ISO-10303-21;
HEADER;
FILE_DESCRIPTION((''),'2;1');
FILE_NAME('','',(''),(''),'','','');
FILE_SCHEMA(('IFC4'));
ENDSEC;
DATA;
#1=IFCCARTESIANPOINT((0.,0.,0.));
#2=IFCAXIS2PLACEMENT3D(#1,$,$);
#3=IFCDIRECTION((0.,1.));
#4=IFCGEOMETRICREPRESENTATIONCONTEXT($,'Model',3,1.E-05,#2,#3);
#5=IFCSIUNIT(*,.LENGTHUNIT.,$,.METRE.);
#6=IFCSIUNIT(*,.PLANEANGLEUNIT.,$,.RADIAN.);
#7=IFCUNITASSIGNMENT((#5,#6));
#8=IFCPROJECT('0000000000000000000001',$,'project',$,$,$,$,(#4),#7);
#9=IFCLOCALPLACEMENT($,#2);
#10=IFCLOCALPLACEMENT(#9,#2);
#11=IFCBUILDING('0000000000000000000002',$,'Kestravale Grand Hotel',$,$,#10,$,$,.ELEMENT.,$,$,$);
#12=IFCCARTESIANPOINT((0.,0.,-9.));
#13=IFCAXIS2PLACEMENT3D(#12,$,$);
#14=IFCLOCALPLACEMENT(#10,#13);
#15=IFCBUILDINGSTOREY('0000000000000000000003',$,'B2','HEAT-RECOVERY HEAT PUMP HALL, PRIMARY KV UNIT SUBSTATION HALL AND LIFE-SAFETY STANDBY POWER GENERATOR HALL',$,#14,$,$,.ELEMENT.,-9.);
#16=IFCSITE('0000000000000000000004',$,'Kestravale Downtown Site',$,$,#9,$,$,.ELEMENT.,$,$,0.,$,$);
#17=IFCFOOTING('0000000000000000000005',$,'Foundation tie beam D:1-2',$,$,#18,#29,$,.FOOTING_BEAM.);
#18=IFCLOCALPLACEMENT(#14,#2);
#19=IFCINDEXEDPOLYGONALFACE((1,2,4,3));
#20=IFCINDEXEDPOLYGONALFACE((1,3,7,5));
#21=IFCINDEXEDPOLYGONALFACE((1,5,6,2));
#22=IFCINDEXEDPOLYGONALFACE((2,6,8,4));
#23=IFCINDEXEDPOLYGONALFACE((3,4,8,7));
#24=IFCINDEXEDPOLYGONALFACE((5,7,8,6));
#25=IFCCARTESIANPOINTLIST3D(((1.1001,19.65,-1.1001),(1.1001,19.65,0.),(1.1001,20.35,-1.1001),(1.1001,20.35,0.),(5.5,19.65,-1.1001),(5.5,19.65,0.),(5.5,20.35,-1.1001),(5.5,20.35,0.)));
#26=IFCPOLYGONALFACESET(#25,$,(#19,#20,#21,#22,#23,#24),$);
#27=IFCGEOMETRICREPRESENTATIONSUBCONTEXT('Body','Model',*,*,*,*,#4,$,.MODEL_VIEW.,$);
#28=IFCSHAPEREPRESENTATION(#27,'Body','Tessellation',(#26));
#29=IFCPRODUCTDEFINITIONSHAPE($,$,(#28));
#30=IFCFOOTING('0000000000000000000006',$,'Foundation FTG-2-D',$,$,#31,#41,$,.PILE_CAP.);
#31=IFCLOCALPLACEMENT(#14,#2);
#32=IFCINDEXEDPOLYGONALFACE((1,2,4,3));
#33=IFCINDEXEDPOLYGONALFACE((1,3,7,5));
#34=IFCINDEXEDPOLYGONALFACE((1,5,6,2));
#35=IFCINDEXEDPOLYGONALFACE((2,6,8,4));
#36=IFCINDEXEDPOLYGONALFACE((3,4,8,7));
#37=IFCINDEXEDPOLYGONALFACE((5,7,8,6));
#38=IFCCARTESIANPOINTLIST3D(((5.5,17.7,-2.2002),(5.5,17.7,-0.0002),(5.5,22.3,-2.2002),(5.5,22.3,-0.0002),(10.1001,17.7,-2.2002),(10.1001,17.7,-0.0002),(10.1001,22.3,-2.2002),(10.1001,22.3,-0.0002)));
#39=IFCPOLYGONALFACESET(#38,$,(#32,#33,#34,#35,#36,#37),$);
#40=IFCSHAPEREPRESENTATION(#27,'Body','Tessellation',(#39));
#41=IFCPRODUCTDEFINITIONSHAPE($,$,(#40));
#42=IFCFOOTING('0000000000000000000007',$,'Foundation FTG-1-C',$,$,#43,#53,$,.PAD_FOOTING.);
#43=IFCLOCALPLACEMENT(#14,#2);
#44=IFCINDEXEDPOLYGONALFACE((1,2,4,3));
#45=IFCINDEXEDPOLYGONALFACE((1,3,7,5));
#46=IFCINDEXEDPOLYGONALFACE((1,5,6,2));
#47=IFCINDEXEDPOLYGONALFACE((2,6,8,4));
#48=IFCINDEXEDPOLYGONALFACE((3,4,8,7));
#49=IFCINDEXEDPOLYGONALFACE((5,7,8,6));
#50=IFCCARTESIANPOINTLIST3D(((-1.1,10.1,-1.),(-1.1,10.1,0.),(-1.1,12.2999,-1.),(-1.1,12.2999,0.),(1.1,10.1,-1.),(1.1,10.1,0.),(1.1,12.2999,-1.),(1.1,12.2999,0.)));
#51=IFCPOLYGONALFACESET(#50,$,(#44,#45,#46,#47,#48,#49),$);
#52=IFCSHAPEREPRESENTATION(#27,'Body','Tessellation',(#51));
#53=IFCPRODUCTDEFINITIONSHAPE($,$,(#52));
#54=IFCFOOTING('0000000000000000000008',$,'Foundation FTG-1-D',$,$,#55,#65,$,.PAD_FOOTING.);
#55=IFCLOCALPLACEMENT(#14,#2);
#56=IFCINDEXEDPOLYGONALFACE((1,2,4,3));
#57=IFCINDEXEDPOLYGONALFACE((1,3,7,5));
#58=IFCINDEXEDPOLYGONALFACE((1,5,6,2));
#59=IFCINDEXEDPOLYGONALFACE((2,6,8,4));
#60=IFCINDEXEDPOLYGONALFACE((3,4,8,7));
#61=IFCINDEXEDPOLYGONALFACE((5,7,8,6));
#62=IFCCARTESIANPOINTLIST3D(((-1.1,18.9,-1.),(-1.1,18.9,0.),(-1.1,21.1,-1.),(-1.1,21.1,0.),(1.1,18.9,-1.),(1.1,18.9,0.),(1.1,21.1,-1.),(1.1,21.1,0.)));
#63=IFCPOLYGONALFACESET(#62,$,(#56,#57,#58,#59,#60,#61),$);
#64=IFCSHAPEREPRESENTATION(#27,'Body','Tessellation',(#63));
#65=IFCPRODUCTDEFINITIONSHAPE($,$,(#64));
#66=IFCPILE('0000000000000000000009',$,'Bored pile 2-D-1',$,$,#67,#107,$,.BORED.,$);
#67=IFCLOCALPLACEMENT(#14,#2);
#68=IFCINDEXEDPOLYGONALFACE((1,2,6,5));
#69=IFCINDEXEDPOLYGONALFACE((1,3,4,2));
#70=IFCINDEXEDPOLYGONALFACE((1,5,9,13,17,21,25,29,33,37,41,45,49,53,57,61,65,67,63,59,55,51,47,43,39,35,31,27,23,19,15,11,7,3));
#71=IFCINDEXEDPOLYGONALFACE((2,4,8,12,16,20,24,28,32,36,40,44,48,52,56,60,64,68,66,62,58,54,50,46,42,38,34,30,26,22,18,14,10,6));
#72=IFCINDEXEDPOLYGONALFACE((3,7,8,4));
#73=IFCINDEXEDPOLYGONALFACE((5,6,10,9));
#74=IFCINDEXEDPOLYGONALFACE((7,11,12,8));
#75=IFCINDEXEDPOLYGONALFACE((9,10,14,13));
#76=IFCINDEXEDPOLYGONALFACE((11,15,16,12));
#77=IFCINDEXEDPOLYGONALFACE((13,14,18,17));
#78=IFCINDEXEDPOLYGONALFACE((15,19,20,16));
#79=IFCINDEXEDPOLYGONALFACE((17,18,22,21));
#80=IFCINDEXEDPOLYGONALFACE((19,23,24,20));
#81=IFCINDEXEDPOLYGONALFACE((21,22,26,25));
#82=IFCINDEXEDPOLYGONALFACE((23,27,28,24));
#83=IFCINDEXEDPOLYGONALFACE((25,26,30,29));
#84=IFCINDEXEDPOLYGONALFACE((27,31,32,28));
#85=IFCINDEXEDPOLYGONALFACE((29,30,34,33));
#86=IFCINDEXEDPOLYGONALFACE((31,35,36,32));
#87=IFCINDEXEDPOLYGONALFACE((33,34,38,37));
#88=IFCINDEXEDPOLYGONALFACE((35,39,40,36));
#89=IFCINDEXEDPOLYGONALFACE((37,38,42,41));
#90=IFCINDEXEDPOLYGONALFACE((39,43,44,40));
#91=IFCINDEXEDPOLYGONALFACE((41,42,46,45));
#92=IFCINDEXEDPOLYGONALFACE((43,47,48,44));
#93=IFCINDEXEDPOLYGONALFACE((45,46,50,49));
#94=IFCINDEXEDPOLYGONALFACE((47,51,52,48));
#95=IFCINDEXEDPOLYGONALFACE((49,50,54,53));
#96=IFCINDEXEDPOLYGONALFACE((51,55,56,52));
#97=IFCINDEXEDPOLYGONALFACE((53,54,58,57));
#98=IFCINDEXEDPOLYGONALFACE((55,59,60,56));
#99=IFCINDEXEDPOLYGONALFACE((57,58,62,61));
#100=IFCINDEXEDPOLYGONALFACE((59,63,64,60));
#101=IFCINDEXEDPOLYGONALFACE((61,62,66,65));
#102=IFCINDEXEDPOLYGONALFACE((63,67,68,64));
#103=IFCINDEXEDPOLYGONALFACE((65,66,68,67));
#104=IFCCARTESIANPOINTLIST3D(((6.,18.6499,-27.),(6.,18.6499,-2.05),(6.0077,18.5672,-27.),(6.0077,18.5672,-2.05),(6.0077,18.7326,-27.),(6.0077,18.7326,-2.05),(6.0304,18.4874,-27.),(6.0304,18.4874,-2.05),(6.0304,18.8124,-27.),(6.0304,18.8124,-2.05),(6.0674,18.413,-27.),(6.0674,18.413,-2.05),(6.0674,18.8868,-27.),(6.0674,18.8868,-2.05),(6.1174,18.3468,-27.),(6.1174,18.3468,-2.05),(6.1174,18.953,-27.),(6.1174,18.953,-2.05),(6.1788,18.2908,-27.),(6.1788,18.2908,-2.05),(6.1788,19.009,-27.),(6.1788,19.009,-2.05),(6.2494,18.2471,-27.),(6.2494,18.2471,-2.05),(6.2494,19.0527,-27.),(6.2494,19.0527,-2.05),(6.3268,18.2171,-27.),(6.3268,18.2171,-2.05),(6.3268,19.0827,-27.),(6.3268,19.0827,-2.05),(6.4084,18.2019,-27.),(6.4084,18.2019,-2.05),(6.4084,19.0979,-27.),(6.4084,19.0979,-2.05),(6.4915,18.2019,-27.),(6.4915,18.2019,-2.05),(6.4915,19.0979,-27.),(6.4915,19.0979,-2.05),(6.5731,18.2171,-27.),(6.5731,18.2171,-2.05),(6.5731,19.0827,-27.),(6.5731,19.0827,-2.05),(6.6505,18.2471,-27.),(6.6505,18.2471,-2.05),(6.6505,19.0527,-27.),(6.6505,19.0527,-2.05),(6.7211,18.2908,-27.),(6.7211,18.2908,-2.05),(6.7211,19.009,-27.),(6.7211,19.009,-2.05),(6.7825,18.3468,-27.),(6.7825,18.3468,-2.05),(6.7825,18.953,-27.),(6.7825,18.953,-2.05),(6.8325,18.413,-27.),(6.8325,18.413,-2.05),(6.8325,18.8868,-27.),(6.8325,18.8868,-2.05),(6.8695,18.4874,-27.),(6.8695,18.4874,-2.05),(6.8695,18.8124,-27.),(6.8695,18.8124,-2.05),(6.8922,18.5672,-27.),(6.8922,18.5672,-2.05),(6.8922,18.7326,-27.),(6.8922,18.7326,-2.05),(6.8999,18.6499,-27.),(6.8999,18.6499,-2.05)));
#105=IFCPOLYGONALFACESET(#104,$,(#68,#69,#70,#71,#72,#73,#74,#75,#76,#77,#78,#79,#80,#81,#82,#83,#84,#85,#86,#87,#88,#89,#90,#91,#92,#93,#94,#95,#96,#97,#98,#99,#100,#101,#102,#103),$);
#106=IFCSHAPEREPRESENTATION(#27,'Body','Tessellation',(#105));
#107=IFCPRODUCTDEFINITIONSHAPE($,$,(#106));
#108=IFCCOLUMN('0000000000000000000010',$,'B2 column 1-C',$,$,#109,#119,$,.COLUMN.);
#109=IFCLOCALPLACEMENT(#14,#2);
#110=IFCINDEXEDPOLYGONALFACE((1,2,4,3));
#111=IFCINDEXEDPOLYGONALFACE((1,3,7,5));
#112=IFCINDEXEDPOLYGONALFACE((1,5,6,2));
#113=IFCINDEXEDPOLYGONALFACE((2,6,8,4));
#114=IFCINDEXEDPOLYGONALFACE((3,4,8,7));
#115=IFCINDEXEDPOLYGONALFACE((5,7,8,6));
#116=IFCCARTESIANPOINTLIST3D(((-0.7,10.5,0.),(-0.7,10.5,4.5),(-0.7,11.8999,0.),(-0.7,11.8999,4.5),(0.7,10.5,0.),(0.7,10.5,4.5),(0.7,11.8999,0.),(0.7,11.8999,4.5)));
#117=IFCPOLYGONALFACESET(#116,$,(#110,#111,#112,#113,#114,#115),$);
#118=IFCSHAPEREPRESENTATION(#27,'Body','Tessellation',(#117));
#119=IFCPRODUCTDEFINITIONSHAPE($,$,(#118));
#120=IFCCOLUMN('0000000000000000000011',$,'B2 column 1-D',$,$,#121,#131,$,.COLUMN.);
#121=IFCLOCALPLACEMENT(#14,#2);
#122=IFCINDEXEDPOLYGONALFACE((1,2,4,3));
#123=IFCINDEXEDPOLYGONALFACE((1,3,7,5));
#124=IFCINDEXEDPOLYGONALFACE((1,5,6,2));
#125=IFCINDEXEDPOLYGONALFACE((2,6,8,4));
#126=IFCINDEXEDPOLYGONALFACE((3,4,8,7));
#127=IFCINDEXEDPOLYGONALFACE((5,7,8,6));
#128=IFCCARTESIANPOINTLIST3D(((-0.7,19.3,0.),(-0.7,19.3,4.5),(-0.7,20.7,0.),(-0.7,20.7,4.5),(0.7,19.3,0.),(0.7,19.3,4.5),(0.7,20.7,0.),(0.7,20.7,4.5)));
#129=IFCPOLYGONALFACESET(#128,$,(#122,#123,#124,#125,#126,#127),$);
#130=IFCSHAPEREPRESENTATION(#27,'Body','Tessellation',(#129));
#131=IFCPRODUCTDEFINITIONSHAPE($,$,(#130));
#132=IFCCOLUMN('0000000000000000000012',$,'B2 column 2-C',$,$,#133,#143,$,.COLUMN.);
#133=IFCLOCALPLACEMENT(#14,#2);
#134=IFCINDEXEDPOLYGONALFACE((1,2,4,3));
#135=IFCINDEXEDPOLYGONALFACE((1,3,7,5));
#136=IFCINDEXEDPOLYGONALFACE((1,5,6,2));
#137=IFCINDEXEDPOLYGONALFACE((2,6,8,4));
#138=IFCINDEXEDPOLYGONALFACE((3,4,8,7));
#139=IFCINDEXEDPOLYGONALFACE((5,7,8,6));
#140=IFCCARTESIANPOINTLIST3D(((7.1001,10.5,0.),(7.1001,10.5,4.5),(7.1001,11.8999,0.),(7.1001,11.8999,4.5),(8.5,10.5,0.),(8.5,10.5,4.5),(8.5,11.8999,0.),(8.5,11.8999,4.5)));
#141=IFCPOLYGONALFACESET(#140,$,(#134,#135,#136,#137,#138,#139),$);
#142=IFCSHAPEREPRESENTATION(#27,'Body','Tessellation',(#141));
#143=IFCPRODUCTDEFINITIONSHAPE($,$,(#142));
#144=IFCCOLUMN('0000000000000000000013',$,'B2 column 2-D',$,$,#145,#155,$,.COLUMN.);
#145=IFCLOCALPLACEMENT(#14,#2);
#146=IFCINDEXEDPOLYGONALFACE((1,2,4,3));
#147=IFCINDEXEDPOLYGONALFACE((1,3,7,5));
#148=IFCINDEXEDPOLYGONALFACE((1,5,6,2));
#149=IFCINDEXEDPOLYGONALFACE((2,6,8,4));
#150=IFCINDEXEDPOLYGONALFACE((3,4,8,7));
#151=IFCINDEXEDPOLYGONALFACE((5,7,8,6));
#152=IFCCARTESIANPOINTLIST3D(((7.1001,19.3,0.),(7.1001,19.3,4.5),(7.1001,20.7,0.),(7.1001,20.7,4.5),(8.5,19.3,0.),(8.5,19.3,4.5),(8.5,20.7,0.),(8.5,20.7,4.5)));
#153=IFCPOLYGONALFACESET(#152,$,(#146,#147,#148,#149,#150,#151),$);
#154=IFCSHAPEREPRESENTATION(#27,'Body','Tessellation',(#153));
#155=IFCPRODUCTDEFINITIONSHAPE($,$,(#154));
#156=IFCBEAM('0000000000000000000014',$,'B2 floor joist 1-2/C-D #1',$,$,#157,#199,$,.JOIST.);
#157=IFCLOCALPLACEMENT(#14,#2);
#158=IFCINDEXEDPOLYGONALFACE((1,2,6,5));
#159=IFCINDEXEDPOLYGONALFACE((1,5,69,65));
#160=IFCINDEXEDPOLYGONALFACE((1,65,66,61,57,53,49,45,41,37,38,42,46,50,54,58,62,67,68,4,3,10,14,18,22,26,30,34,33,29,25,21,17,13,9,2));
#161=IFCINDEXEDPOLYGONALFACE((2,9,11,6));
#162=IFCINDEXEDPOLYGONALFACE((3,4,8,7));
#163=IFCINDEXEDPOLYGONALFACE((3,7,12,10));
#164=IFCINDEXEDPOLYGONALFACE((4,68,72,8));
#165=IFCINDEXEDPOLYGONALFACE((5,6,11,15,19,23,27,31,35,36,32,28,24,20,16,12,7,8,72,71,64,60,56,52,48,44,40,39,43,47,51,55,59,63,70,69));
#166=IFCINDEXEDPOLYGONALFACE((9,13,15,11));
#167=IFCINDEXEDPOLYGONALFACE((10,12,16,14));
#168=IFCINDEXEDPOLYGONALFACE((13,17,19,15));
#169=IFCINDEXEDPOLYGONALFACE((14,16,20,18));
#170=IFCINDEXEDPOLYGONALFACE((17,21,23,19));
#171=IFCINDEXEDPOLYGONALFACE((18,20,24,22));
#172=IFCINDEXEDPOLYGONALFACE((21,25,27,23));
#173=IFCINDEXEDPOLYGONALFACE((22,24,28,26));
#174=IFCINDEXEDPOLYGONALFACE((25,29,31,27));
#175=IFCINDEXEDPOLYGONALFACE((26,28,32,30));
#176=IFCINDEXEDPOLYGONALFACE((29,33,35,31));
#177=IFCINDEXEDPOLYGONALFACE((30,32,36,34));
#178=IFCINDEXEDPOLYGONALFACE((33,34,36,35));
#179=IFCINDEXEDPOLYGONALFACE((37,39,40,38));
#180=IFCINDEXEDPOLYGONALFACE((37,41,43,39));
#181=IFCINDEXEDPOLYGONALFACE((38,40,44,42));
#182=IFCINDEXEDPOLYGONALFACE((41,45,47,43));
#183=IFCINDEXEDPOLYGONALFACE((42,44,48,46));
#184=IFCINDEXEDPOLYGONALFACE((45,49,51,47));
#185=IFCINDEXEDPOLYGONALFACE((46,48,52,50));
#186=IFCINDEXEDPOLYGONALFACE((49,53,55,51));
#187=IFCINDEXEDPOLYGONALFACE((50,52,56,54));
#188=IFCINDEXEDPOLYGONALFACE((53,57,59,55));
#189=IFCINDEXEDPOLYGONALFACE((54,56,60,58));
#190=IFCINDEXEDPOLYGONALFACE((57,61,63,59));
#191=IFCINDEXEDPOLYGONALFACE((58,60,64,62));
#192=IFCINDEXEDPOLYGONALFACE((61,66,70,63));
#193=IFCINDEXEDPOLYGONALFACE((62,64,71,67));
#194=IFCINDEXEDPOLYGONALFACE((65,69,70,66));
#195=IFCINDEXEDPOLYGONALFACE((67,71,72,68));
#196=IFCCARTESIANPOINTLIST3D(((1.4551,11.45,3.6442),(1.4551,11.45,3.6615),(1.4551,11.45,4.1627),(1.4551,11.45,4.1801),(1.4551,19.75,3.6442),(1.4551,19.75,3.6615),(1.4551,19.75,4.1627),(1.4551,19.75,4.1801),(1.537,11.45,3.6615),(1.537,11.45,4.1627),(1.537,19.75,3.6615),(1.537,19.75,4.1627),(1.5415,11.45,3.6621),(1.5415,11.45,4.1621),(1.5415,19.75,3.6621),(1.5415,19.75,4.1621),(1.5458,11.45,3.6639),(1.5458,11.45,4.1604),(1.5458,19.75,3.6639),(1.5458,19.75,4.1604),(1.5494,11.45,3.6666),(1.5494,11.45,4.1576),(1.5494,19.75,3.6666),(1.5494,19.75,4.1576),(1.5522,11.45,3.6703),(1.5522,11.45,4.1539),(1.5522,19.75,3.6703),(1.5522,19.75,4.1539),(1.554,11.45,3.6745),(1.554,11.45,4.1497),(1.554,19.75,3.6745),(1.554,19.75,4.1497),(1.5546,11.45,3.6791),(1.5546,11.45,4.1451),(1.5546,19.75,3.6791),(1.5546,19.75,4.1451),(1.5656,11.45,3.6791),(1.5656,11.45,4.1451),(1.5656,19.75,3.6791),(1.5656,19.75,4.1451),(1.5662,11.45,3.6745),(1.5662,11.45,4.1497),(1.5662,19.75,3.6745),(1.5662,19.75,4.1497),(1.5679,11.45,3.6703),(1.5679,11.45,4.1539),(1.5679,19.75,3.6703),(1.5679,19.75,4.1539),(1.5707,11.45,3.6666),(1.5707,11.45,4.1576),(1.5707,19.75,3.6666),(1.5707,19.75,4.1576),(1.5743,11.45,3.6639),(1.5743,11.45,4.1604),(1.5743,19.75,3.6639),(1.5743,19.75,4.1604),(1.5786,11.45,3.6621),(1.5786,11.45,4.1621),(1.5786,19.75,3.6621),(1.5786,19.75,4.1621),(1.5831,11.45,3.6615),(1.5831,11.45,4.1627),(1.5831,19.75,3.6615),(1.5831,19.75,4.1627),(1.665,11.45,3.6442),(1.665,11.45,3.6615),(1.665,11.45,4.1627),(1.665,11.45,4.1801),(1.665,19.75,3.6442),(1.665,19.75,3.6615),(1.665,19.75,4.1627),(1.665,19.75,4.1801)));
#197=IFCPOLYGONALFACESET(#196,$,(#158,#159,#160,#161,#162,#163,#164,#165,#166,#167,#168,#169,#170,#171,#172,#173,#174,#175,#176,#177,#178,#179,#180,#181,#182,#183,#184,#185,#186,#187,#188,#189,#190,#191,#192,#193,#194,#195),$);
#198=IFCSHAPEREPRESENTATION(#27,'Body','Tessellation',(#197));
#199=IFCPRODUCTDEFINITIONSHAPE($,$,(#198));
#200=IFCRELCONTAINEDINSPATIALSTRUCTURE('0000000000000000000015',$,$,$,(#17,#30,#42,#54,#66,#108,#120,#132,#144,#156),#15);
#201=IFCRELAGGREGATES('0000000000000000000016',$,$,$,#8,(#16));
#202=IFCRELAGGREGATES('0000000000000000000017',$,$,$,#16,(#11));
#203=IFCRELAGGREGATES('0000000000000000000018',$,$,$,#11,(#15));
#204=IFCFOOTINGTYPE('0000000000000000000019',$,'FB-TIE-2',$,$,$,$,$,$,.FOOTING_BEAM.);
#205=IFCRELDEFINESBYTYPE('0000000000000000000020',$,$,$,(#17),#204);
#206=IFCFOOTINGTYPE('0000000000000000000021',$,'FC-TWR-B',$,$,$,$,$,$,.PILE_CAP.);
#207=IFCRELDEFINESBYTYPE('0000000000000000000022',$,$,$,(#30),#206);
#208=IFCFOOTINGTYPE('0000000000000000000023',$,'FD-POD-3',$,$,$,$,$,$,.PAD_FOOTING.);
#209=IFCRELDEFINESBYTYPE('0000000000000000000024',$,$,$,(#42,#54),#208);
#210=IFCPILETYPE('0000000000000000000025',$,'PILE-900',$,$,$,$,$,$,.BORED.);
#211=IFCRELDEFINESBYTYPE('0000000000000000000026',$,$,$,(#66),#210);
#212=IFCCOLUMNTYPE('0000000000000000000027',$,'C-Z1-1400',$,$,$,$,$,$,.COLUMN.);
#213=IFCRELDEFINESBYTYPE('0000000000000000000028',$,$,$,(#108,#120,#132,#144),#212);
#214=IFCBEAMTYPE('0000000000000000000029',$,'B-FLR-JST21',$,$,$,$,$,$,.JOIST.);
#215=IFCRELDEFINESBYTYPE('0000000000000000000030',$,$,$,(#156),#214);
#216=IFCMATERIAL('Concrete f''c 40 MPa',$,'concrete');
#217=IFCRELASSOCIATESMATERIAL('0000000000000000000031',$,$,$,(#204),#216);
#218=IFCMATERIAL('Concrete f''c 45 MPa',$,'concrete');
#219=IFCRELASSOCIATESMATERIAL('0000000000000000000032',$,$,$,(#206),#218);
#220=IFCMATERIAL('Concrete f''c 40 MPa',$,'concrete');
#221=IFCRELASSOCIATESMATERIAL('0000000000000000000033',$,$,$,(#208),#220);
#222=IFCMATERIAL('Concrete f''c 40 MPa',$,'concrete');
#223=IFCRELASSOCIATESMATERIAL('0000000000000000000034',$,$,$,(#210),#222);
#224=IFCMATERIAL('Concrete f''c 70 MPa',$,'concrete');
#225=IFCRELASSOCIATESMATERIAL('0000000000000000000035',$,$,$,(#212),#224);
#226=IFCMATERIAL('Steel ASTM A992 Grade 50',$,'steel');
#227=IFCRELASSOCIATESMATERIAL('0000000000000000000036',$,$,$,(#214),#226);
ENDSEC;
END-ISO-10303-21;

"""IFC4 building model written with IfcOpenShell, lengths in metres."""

from ifc_helpers import new_model, si_unit, direction, frame, origin, origin_2d, place, context, subcontext, project, spatial, rectangle, circle, i_section, extrude, material, material_profile, profile_set, type_object, element, save


model = new_model("IFC4")

# Units and contexts
model_context = context("Model", 3, precision=1e-05, world=origin(), true_north=direction((0.0, 1.0)))
body_context = subcontext(model_context, "Body", "Model", "MODEL_VIEW")
ifc_project = project(units=[si_unit("LENGTHUNIT", "METRE"), si_unit("PLANEANGLEUNIT", "RADIAN")], contexts=[model_context])

# Site, building, storey
site_placement = place(None, origin())
site = spatial("IfcSite", under=ifc_project, at=site_placement, Name="Kestravale Downtown Site", CompositionType="ELEMENT", RefElevation=0.0)
building_placement = place(site_placement, origin())
building = spatial("IfcBuilding", under=site, at=building_placement, Name="Kestravale Grand Hotel", CompositionType="ELEMENT")
storey_placement = place(building_placement, frame((0.0, 0.0, -9.0)))
storey = spatial("IfcBuildingStorey", under=building, at=storey_placement, Name="B2", Description="HEAT-RECOVERY HEAT PUMP HALL, PRIMARY KV UNIT SUBSTATION HALL AND LIFE-SAFETY STANDBY POWER GENERATOR HALL", CompositionType="ELEMENT", Elevation=-9.0)

# Footings
ifc_material_1 = material(Name="Concrete f'c 40 MPa", Category="concrete")
ifc_material_profile_1 = material_profile(ifc_material_1, rectangle(XDim=0.7, YDim=1.1001, at=origin_2d()))
ifc_profile_set_1 = profile_set([ifc_material_profile_1], Name="Concrete f'c 40 MPa")
footing_type_1 = type_object("IfcFootingType", Name="FB-TIE-2", PredefinedType="FOOTING_BEAM", material=ifc_profile_set_1)
footing_1_placement = place(storey_placement, frame((1.1001, 20.0, -0.55), z_axis=(1.0, 0.0, 0.0), x_axis=(0.0, 1.0, 0.0)))
element("IfcFooting", 1, at=footing_1_placement, inside=storey, type_object=footing_type_1, Name="Foundation tie beam D:1-2", PredefinedType="FOOTING_BEAM", context=body_context, shape_type="SweptSolid", body=[
    extrude(rectangle(XDim=0.7, YDim=1.1001, at=origin_2d()), origin(), (0.0, 0.0, 1.0), 4.3999),
])
ifc_material_2 = material(Name="Concrete f'c 45 MPa", Category="concrete")
footing_type_2 = type_object("IfcFootingType", Name="FC-TWR-B", PredefinedType="PILE_CAP", material=ifc_material_2)
footing_2_placement = place(storey_placement, frame((7.8, 20.0, -2.2002), z_axis=(0.0, 0.0, 1.0), x_axis=(1.0, 0.0, 0.0)))
element("IfcFooting", 2, at=footing_2_placement, inside=storey, type_object=footing_type_2, Name="Foundation FTG-2-D", PredefinedType="PILE_CAP", context=body_context, shape_type="SweptSolid", body=[
    extrude(rectangle(XDim=4.6001, YDim=4.6001, at=origin_2d()), origin(), (0.0, 0.0, 1.0), 2.2),
])
ifc_material_3 = material(Name="Concrete f'c 40 MPa", Category="concrete")
footing_type_3 = type_object("IfcFootingType", Name="FD-POD-3", PredefinedType="PAD_FOOTING", material=ifc_material_3)
for number, where, z_axis, x_axis, name in (
    (3, (0.0, 11.2, -1.0), (0.0, 0.0, 1.0), (1.0, 0.0, 0.0), "Foundation FTG-1-C"),
    (4, (0.0, 20.0, -1.0), (0.0, 0.0, 1.0), (1.0, 0.0, 0.0), "Foundation FTG-1-D"),
):
    element("IfcFooting", number, at=place(storey_placement, frame(where, z_axis=z_axis, x_axis=x_axis)), inside=storey, type_object=footing_type_3, Name=name, PredefinedType="PAD_FOOTING", context=body_context, shape_type="SweptSolid", body=[
        extrude(rectangle(XDim=2.2, YDim=2.2, at=origin_2d()), origin(), (0.0, 0.0, 1.0), 1.0),
    ])

# Pile
ifc_material_4 = material(Name="Concrete f'c 40 MPa", Category="concrete")
ifc_material_profile_2 = material_profile(ifc_material_4, circle(Radius=0.45, at=origin_2d()))
ifc_profile_set_2 = profile_set([ifc_material_profile_2], Name="Concrete f'c 40 MPa")
pile_type = type_object("IfcPileType", Name="PILE-900", PredefinedType="BORED", material=ifc_profile_set_2)
pile_placement = place(storey_placement, frame((6.45, 18.6499, -2.05), z_axis=(0.0, 0.0, -1.0), x_axis=(1.0, 0.0, 0.0)))
element("IfcPile", 5, at=pile_placement, inside=storey, type_object=pile_type, Name="Bored pile 2-D-1", PredefinedType="BORED", context=body_context, shape_type="SweptSolid", body=[
    extrude(circle(Radius=0.45, at=origin_2d()), origin(), (0.0, 0.0, 1.0), 24.95),
])

# Columns
ifc_material_5 = material(Name="Concrete f'c 70 MPa", Category="concrete")
ifc_material_profile_3 = material_profile(ifc_material_5, rectangle(XDim=1.3999, YDim=1.3999, at=origin_2d()))
ifc_profile_set_3 = profile_set([ifc_material_profile_3], Name="Concrete f'c 70 MPa")
column_type = type_object("IfcColumnType", Name="C-Z1-1400", PredefinedType="COLUMN", material=ifc_profile_set_3)
for number, where, z_axis, x_axis, name in (
    (6, (0.0, 11.2, 0.0), (0.0, 0.0, 1.0), (1.0, 0.0, 0.0), "B2 column 1-C"),
    (7, (0.0, 20.0, 0.0), (0.0, 0.0, 1.0), (1.0, 0.0, 0.0), "B2 column 1-D"),
    (8, (7.8, 11.2, 0.0), (0.0, 0.0, 1.0), (1.0, 0.0, 0.0), "B2 column 2-C"),
    (9, (7.8, 20.0, 0.0), (0.0, 0.0, 1.0), (1.0, 0.0, 0.0), "B2 column 2-D"),
):
    element("IfcColumn", number, at=place(storey_placement, frame(where, z_axis=z_axis, x_axis=x_axis)), inside=storey, type_object=column_type, Name=name, PredefinedType="COLUMN", context=body_context, shape_type="SweptSolid", body=[
        extrude(rectangle(XDim=1.3999, YDim=1.3999, at=origin_2d()), origin(), (0.0, 0.0, 1.0), 4.5),
    ])

# Beam
ifc_material_6 = material(Name="Steel ASTM A992 Grade 50", Category="steel")
ifc_material_profile_4 = material_profile(ifc_material_6, i_section(OverallWidth=0.21, OverallDepth=0.5359, WebThickness=0.011, FlangeThickness=0.0173, FilletRadius=0.0176, at=origin_2d()))
ifc_profile_set_4 = profile_set([ifc_material_profile_4], Name="Steel ASTM A992 Grade 50")
beam_type_1 = type_object("IfcBeamType", Name="B-FLR-JST21", PredefinedType="JOIST", material=ifc_profile_set_4)
for number, where, z_axis, x_axis, name in (
    (10, (1.5601, 11.45, 3.9121), (0.0, 1.0, 0.0), (-1.0, 0.0, 0.0), "B2 floor joist 1-2/C-D #1"),
):
    element("IfcBeam", number, at=place(storey_placement, frame(where, z_axis=z_axis, x_axis=x_axis)), inside=storey, type_object=beam_type_1, Name=name, PredefinedType="JOIST", context=body_context, shape_type="SweptSolid", body=[
        extrude(i_section(OverallWidth=0.21, OverallDepth=0.5359, WebThickness=0.011, FlangeThickness=0.0173, FilletRadius=0.0176, at=origin_2d()), origin(), (0.0, 0.0, 1.0), 8.3),
    ])

save(model, "model.ifc")
